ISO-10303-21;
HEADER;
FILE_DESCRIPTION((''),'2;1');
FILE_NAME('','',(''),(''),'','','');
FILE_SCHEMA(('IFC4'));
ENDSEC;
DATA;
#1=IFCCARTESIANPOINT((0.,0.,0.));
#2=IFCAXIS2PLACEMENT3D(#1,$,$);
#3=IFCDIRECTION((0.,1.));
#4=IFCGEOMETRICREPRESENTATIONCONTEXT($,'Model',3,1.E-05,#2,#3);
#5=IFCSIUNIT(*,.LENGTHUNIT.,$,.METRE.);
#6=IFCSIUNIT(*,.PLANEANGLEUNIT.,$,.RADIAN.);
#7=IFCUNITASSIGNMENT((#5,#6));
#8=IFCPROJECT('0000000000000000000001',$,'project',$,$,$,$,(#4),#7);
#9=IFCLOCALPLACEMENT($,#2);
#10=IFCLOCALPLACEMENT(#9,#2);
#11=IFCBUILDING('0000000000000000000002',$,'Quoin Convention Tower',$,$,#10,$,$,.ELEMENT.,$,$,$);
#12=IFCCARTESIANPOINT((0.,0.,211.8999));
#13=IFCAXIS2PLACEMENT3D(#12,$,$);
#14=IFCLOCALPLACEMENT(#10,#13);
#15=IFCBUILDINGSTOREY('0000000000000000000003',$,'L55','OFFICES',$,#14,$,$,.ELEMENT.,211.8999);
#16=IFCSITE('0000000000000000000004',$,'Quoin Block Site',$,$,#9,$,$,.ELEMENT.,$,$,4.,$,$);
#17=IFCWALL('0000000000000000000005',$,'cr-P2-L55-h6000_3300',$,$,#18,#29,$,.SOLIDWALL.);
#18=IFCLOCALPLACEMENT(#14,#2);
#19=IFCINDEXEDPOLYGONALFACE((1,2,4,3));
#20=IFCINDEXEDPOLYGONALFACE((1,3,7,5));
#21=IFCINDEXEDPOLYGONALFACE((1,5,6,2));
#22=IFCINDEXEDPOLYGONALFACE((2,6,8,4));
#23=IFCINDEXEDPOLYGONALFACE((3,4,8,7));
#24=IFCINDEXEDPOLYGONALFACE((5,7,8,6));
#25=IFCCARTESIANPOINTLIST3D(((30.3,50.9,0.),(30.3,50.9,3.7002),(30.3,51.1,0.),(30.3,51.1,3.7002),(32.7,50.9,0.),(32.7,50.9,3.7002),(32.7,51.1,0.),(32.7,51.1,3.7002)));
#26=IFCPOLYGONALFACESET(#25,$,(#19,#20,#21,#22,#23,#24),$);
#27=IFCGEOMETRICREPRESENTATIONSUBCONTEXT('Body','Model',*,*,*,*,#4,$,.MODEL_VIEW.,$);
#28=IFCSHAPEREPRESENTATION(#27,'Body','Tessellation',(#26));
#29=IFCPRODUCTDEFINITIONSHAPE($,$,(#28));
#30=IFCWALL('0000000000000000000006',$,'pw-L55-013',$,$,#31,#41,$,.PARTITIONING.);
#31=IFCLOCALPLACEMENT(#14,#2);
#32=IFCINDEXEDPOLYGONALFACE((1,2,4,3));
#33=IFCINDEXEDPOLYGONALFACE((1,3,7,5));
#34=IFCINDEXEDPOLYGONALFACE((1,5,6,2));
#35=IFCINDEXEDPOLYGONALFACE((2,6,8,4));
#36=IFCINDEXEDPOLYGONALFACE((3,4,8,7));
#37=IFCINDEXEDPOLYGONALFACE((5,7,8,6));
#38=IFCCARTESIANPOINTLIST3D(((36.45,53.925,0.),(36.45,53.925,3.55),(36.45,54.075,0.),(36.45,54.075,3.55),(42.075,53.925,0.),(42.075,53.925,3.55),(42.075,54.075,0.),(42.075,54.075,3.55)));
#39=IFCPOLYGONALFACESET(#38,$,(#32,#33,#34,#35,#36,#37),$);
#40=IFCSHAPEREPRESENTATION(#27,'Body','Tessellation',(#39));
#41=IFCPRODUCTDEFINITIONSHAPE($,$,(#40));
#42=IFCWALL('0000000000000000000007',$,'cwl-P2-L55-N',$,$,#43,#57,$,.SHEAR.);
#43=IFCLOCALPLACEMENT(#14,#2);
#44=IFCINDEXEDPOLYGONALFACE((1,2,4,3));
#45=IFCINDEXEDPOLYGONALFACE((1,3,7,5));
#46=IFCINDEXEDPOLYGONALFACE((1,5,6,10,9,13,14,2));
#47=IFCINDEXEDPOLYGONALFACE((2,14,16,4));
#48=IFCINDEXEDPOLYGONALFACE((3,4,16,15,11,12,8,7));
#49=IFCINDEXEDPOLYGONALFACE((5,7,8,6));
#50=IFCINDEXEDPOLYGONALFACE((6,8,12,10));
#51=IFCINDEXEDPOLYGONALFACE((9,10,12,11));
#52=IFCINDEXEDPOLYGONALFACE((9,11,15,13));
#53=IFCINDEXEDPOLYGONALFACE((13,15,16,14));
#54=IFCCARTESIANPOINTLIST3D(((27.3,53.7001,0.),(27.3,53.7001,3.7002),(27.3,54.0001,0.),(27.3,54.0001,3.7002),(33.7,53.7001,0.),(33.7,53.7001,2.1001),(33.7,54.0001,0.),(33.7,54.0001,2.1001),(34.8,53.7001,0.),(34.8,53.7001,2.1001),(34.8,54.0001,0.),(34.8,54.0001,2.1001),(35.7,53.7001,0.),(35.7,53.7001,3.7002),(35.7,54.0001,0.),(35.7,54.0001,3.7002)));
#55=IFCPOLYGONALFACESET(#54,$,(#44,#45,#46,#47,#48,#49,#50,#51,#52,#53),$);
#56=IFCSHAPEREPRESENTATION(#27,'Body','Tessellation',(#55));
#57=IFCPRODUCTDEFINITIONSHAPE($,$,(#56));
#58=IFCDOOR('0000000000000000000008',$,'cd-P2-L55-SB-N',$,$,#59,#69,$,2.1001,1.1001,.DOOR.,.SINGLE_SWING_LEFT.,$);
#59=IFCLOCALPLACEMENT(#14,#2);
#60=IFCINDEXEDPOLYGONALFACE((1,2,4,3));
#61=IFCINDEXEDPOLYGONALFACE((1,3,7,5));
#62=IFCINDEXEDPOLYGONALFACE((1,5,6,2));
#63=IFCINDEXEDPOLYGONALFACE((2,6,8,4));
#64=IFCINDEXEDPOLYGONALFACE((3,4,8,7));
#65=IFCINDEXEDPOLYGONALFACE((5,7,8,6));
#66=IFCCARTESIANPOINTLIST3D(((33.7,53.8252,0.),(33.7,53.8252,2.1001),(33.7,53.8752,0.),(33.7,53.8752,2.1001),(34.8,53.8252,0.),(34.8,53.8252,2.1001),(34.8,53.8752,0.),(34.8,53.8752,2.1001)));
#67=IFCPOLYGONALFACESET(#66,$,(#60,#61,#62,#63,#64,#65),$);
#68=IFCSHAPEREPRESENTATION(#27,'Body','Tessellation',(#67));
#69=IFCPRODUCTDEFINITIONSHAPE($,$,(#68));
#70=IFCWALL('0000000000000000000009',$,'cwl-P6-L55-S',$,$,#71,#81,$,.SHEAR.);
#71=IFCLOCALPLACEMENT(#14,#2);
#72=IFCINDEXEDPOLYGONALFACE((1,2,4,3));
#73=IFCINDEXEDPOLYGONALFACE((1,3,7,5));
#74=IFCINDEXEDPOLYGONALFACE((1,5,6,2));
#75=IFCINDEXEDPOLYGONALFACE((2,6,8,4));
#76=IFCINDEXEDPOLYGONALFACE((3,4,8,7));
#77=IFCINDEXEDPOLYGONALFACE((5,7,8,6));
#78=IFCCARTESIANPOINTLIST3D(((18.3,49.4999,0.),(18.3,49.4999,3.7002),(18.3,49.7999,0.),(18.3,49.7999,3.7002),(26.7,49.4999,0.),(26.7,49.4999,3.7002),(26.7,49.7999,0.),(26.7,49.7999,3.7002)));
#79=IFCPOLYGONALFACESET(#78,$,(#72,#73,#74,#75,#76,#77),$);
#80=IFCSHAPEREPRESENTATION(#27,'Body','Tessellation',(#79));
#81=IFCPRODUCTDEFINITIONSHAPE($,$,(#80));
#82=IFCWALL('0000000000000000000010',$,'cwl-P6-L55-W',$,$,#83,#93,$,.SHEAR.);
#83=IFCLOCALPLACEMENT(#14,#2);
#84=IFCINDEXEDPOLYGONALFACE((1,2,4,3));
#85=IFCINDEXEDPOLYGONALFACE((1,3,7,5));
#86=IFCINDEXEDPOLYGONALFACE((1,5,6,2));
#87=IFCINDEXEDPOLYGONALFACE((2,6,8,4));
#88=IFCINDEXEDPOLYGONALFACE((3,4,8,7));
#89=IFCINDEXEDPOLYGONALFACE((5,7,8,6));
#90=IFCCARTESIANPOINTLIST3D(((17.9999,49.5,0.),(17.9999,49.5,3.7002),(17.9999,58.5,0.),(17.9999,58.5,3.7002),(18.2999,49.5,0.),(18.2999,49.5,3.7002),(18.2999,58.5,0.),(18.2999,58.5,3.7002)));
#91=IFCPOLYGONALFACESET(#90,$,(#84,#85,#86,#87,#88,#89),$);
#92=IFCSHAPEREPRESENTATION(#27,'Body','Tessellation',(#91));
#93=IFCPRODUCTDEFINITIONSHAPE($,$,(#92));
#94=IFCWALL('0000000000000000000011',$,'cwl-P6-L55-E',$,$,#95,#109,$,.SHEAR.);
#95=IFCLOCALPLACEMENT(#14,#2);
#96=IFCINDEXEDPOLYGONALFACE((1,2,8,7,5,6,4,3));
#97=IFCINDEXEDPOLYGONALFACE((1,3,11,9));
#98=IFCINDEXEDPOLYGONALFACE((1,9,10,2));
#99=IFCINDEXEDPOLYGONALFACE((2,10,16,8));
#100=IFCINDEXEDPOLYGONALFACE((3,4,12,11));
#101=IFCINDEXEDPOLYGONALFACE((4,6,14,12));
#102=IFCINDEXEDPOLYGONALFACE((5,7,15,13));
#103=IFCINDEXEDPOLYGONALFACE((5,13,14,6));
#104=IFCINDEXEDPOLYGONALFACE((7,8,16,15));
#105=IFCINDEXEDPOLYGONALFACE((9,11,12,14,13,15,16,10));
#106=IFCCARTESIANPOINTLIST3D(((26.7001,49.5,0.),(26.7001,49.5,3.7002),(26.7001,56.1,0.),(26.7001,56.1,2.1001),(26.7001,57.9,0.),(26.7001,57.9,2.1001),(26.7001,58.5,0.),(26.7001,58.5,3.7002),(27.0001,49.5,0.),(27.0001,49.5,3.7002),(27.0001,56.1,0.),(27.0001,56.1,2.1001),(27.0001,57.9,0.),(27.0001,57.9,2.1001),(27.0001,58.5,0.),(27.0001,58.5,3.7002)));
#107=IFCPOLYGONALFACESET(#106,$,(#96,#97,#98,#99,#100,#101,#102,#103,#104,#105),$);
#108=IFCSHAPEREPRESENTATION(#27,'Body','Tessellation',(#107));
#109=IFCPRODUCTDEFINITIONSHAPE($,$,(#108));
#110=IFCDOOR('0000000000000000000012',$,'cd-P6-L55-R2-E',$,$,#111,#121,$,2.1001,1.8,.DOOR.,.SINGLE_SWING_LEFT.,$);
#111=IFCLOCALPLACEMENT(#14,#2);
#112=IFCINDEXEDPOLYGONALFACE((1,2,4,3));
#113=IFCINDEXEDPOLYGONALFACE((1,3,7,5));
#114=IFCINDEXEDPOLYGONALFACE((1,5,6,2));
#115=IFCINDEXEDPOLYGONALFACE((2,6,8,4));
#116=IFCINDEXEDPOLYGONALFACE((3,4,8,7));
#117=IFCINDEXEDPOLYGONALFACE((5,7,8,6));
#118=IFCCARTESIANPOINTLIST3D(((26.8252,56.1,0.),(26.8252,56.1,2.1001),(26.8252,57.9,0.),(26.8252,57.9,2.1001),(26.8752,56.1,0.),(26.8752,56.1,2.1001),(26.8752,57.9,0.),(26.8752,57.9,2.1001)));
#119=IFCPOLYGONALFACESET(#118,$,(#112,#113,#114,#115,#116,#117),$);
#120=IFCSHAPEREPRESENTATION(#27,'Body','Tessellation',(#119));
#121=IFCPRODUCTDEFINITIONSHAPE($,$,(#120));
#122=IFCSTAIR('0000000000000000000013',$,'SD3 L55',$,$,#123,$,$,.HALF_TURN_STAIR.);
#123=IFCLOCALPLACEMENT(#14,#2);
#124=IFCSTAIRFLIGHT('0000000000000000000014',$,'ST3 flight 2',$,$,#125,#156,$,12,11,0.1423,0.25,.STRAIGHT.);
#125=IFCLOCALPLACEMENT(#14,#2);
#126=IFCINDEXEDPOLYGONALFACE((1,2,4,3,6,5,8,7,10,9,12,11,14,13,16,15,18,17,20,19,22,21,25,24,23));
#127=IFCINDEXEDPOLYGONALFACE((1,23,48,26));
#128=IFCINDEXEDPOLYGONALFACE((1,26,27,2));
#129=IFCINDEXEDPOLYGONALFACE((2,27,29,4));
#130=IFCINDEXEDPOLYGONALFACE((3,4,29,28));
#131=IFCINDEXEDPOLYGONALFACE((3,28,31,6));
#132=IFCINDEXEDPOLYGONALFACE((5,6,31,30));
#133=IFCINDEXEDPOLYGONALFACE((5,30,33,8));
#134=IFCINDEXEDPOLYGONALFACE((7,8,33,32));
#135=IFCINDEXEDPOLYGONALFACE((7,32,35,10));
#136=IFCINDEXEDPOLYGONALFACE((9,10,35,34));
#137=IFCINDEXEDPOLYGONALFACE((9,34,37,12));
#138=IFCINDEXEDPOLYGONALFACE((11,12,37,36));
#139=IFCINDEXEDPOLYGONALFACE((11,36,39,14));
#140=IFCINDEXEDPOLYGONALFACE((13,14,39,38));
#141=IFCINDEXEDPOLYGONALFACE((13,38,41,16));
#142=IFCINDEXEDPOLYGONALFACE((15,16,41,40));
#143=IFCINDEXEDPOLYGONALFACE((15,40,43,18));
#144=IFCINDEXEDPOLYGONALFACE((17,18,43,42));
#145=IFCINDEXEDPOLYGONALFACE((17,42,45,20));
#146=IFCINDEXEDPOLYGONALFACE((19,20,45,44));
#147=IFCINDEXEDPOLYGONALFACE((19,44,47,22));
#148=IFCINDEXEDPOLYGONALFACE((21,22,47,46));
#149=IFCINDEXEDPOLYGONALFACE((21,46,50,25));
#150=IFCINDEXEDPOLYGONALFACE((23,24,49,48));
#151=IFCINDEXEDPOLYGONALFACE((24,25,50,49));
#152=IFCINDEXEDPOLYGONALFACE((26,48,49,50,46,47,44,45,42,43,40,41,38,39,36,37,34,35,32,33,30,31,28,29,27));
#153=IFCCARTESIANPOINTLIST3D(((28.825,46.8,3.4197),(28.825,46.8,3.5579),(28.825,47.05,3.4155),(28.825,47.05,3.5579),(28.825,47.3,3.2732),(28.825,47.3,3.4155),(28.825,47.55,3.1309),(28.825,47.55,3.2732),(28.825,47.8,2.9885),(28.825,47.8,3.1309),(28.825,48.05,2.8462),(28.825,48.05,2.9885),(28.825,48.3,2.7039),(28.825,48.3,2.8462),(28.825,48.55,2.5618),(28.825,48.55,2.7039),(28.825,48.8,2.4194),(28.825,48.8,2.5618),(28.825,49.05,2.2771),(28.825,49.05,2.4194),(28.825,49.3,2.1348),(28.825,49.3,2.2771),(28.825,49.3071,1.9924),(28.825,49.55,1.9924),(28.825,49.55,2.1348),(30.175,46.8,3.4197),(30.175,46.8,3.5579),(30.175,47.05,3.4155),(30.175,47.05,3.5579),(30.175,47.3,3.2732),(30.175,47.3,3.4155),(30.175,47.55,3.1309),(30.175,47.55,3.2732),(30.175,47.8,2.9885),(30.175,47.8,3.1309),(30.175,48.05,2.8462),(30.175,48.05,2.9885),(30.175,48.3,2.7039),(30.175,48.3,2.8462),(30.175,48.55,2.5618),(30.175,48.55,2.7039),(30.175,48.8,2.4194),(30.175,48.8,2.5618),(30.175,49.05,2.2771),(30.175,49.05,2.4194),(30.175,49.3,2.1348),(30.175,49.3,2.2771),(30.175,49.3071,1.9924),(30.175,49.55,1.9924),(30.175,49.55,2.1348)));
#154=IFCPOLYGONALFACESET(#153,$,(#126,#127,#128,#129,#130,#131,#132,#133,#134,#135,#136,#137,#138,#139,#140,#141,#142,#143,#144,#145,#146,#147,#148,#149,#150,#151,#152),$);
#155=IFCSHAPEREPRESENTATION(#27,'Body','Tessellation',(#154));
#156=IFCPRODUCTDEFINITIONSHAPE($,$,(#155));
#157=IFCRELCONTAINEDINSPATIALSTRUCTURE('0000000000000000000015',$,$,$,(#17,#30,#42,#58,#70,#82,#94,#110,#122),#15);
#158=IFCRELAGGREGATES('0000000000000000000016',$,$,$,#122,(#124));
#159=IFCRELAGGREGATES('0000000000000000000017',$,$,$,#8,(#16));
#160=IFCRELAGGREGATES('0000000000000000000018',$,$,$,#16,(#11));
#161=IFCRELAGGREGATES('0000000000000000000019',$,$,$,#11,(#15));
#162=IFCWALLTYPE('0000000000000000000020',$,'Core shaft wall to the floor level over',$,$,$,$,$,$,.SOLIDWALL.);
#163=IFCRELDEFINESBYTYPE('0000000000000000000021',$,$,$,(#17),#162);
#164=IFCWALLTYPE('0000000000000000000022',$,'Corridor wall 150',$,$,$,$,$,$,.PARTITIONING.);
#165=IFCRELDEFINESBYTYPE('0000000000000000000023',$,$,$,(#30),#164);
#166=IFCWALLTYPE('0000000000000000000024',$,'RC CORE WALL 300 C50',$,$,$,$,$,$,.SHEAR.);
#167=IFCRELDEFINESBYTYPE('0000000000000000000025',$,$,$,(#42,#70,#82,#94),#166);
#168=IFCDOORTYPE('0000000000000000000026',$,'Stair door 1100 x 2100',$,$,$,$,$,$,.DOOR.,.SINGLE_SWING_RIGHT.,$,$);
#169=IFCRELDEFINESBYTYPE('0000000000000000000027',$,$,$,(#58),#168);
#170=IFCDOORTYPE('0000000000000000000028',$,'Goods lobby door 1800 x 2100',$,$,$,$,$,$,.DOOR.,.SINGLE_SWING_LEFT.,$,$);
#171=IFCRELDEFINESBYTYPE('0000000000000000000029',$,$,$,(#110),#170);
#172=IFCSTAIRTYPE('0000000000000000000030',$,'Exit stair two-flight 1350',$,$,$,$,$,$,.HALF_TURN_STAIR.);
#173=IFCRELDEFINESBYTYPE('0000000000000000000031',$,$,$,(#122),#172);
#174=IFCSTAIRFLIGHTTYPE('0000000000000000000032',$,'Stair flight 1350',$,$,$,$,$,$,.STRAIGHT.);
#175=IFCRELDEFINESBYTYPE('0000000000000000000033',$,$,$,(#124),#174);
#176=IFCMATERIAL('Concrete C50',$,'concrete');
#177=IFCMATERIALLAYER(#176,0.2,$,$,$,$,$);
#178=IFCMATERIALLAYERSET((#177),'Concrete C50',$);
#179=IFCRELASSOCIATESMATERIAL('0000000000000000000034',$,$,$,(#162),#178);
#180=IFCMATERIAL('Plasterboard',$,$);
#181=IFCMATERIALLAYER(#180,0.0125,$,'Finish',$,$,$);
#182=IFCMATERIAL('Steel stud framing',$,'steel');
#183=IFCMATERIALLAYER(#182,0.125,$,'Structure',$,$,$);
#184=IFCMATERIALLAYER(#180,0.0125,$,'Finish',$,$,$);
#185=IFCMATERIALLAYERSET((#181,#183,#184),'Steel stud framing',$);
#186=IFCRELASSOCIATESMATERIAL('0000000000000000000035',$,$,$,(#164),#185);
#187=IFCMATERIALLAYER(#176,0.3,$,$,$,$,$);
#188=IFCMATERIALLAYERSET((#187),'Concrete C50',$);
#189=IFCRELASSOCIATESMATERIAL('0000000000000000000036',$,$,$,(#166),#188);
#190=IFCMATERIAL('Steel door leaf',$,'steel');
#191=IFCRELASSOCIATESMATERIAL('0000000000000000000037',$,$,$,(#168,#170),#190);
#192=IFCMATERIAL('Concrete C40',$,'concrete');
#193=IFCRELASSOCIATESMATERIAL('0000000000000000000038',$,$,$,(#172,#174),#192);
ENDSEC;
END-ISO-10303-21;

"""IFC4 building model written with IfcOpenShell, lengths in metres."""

from ifc_helpers import new_model, si_unit, direction, frame, frame_2d, origin, place, context, subcontext, project, spatial, polyline, rectangle, outline, extrude, material, layer, layer_set, type_object, element, fill, aggregate, save


model = new_model("IFC4")

# Units and contexts
model_context = context("Model", 3, precision=1e-05, world=origin(), true_north=direction((0.0, 1.0)))
body_context = subcontext(model_context, "Body", "Model", "MODEL_VIEW")
ifc_project = project(units=[si_unit("LENGTHUNIT", "METRE"), si_unit("PLANEANGLEUNIT", "RADIAN")], contexts=[model_context])

# Site, building, storey
site_placement = place(None, origin())
site = spatial("IfcSite", under=ifc_project, at=site_placement, Name="Quoin Block Site", CompositionType="ELEMENT", RefElevation=4.0)
building_placement = place(site_placement, origin())
building = spatial("IfcBuilding", under=site, at=building_placement, Name="Quoin Convention Tower", CompositionType="ELEMENT")
storey_placement = place(building_placement, frame((0.0, 0.0, 211.8999)))
storey = spatial("IfcBuildingStorey", under=building, at=storey_placement, Name="L55", Description="OFFICES", CompositionType="ELEMENT", Elevation=211.8999)

# Shared definitions
ifc_material_1 = material(Name="Concrete C50", Category="concrete")

# Walls
ifc_layer_1 = layer(ifc_material_1, 0.2)
ifc_layer_set_1 = layer_set([ifc_layer_1], Name="Concrete C50")
wall_type_1 = type_object("IfcWallType", Name="Core shaft wall to the floor level over", PredefinedType="SOLIDWALL", material=ifc_layer_set_1)
wall_1_placement = place(storey_placement, frame((30.3, 51.0, 0.0), z_axis=(0.0, 0.0, 1.0), x_axis=(1.0, 0.0, 0.0)))
element("IfcWall", 1, at=wall_1_placement, inside=storey, type_object=wall_type_1, Name="cr-P2-L55-h6000_3300", PredefinedType="SOLIDWALL", context=body_context, shape_type="SweptSolid", body=[
    extrude(rectangle(XDim=2.3999, YDim=0.2, at=frame_2d((1.2, 0.0))), origin(), (0.0, 0.0, 1.0), 3.7002),
])
ifc_material_2 = material(Name="Plasterboard")
ifc_layer_2 = layer(ifc_material_2, 0.0125, Name="Finish")
ifc_material_3 = material(Name="Steel stud framing", Category="steel")
ifc_layer_3 = layer(ifc_material_3, 0.125, Name="Structure")
ifc_layer_4 = layer(ifc_material_2, 0.0125, Name="Finish")
ifc_layer_set_2 = layer_set([ifc_layer_2, ifc_layer_3, ifc_layer_4], Name="Steel stud framing")
wall_type_2 = type_object("IfcWallType", Name="Corridor wall 150", PredefinedType="PARTITIONING", material=ifc_layer_set_2)
wall_2_placement = place(storey_placement, frame((36.45, 54.0, 0.0), z_axis=(0.0, 0.0, 1.0), x_axis=(1.0, 0.0, 0.0)))
element("IfcWall", 2, at=wall_2_placement, inside=storey, type_object=wall_type_2, Name="pw-L55-013", PredefinedType="PARTITIONING", context=body_context, shape_type="SweptSolid", body=[
    extrude(rectangle(XDim=5.625, YDim=0.1499, at=frame_2d((2.8125, 0.0))), origin(), (0.0, 0.0, 1.0), 3.55),
])

# Wall, opening, door
ifc_layer_5 = layer(ifc_material_1, 0.3)
ifc_layer_set_3 = layer_set([ifc_layer_5], Name="Concrete C50")
wall_type_3 = type_object("IfcWallType", Name="RC CORE WALL 300 C50", PredefinedType="SHEAR", material=ifc_layer_set_3)
wall_3_placement = place(storey_placement, frame((27.3, 53.8501, 0.0), z_axis=(0.0, 0.0, 1.0), x_axis=(1.0, 0.0, 0.0)))
wall_3 = element("IfcWall", 3, at=wall_3_placement, inside=storey, type_object=wall_type_3, Name="cwl-P2-L55-N", PredefinedType="SHEAR", context=body_context, shape_type="SweptSolid", body=[
    extrude(rectangle(XDim=8.3999, YDim=0.3, at=frame_2d((4.2, 0.0))), origin(), (0.0, 0.0, 1.0), 3.7002),
])
opening_1_placement = place(wall_3_placement, frame((6.3999, 0.0, 0.0)))
opening_1 = element("IfcOpeningElement", 4, at=opening_1_placement, cuts=wall_3, PredefinedType="OPENING", context=body_context, shape_type="SweptSolid", body=[
    extrude(rectangle(XDim=1.1001, YDim=2.1001, at=frame_2d((0.55, 1.05))), frame((0.0, 0.1599, 0.0), z_axis=(0.0, -1.0, 0.0), x_axis=(1.0, 0.0, 0.0)), (0.0, 0.0, 1.0), 0.3201),
])
ifc_material_4 = material(Name="Steel door leaf", Category="steel")
door_type_1 = type_object("IfcDoorType", Name="Stair door 1100 x 2100", OperationType="SINGLE_SWING_RIGHT", PredefinedType="DOOR", material=ifc_material_4)
door_1_placement = place(opening_1_placement, frame((1.1001, 0.0, 0.0), z_axis=(0.0, 0.0, 1.0), x_axis=(-1.0, 0.0, 0.0)))
door_1 = element("IfcDoor", 5, at=door_1_placement, inside=storey, type_object=door_type_1, Name="cd-P2-L55-SB-N", OperationType="SINGLE_SWING_LEFT", OverallHeight=2.1001, OverallWidth=1.1001, PredefinedType="DOOR", context=body_context, shape_type="SweptSolid", body=[
    extrude(rectangle(XDim=1.1001, YDim=2.1001, at=frame_2d((0.55, 1.05))), frame((0.0, 0.0249, 0.0), z_axis=(0.0, -1.0, 0.0), x_axis=(1.0, 0.0, 0.0)), (0.0, 0.0, 1.0), 0.05),
])
fill(opening_1, door_1)

# Walls
wall_4_placement = place(storey_placement, frame((18.3, 49.6499, 0.0), z_axis=(0.0, 0.0, 1.0), x_axis=(1.0, 0.0, 0.0)))
element("IfcWall", 6, at=wall_4_placement, inside=storey, type_object=wall_type_3, Name="cwl-P6-L55-S", PredefinedType="SHEAR", context=body_context, shape_type="SweptSolid", body=[
    extrude(rectangle(XDim=8.3999, YDim=0.3, at=frame_2d((4.2, 0.0))), origin(), (0.0, 0.0, 1.0), 3.7002),
])
wall_5_placement = place(storey_placement, frame((18.1499, 49.5, 0.0), z_axis=(0.0, 0.0, 1.0), x_axis=(0.0, 1.0, 0.0)))
element("IfcWall", 7, at=wall_5_placement, inside=storey, type_object=wall_type_3, Name="cwl-P6-L55-W", PredefinedType="SHEAR", context=body_context, shape_type="SweptSolid", body=[
    extrude(rectangle(XDim=9.0, YDim=0.3, at=frame_2d((4.5, 0.0))), origin(), (0.0, 0.0, 1.0), 3.7002),
])

# Wall, opening, door
wall_6_placement = place(storey_placement, frame((26.8501, 49.5, 0.0), z_axis=(0.0, 0.0, 1.0), x_axis=(0.0, 1.0, 0.0)))
wall_6 = element("IfcWall", 8, at=wall_6_placement, inside=storey, type_object=wall_type_3, Name="cwl-P6-L55-E", PredefinedType="SHEAR", context=body_context, shape_type="SweptSolid", body=[
    extrude(rectangle(XDim=9.0, YDim=0.3, at=frame_2d((4.5, 0.0))), origin(), (0.0, 0.0, 1.0), 3.7002),
])
opening_2_placement = place(wall_6_placement, frame((6.6001, 0.0, 0.0)))
opening_2 = element("IfcOpeningElement", 9, at=opening_2_placement, cuts=wall_6, PredefinedType="OPENING", context=body_context, shape_type="SweptSolid", body=[
    extrude(rectangle(XDim=1.8, YDim=2.1001, at=frame_2d((0.8999, 1.05))), frame((0.0, 0.1599, 0.0), z_axis=(0.0, -1.0, 0.0), x_axis=(1.0, 0.0, 0.0)), (0.0, 0.0, 1.0), 0.3201),
])
door_type_2 = type_object("IfcDoorType", Name="Goods lobby door 1800 x 2100", OperationType="SINGLE_SWING_LEFT", PredefinedType="DOOR", material=ifc_material_4)
door_2_placement = place(opening_2_placement, origin())
door_2 = element("IfcDoor", 10, at=door_2_placement, inside=storey, type_object=door_type_2, Name="cd-P6-L55-R2-E", OperationType="SINGLE_SWING_LEFT", OverallHeight=2.1001, OverallWidth=1.8, PredefinedType="DOOR", context=body_context, shape_type="SweptSolid", body=[
    extrude(rectangle(XDim=1.8, YDim=2.1001, at=frame_2d((0.8999, 1.05))), frame((0.0, 0.0249, 0.0), z_axis=(0.0, -1.0, 0.0), x_axis=(1.0, 0.0, 0.0)), (0.0, 0.0, 1.0), 0.05),
])
fill(opening_2, door_2)

# Stair, stair flight
ifc_material_5 = material(Name="Concrete C40", Category="concrete")
stair_type_1 = type_object("IfcStairType", Name="Exit stair two-flight 1350", PredefinedType="HALF_TURN_STAIR", material=ifc_material_5)
stair_1_placement = place(storey_placement, origin())
stair_1 = element("IfcStair", 11, at=stair_1_placement, inside=storey, type_object=stair_type_1, Name="SD3 L55", PredefinedType="HALF_TURN_STAIR")
stair_flight_type_1 = type_object("IfcStairFlightType", Name="Stair flight 1350", PredefinedType="STRAIGHT", material=ifc_material_5)
stair_flight_1_placement = place(storey_placement, frame((29.5, 49.55, 1.9924), z_axis=(0.0, 0.0, 1.0), x_axis=(0.0, -1.0, 0.0)))
stair_flight_1 = element("IfcStairFlight", 12, at=stair_flight_1_placement, type_object=stair_flight_type_1, Name="ST3 flight 2", NumberOfRisers=12, NumberOfTreads=11, PredefinedType="STRAIGHT", RiserHeight=0.1423, TreadLength=0.25, context=body_context, shape_type="SweptSolid", body=[
    extrude(outline(polyline([(0.0, 0.0), (0.0, 0.1423), (0.25, 0.1423), (0.25, 0.2847), (0.5, 0.2847), (0.5, 0.427), (0.75, 0.427), (0.75, 0.5693), (1.0, 0.5693), (1.0, 0.7114), (1.25, 0.7114), (1.25, 0.8538), (1.5, 0.8538), (1.5, 0.9961), (1.75, 0.9961), (1.75, 1.1384), (2.0, 1.1384), (2.0, 1.2808), (2.25, 1.2808), (2.25, 1.4231), (2.5, 1.4231), (2.5, 1.5654), (2.75, 1.5654), (2.75, 1.7078), (2.75, 1.4272), (0.2429, 0.0), (0.0, 0.0)])), frame((0.0, 0.675, 0.0), z_axis=(0.0, -1.0, 0.0), x_axis=(1.0, 0.0, 0.0)), (0.0, 0.0, 1.0), 1.3501),
])
aggregate(stair_1, [stair_flight_1])

save(model, "model.ifc")
